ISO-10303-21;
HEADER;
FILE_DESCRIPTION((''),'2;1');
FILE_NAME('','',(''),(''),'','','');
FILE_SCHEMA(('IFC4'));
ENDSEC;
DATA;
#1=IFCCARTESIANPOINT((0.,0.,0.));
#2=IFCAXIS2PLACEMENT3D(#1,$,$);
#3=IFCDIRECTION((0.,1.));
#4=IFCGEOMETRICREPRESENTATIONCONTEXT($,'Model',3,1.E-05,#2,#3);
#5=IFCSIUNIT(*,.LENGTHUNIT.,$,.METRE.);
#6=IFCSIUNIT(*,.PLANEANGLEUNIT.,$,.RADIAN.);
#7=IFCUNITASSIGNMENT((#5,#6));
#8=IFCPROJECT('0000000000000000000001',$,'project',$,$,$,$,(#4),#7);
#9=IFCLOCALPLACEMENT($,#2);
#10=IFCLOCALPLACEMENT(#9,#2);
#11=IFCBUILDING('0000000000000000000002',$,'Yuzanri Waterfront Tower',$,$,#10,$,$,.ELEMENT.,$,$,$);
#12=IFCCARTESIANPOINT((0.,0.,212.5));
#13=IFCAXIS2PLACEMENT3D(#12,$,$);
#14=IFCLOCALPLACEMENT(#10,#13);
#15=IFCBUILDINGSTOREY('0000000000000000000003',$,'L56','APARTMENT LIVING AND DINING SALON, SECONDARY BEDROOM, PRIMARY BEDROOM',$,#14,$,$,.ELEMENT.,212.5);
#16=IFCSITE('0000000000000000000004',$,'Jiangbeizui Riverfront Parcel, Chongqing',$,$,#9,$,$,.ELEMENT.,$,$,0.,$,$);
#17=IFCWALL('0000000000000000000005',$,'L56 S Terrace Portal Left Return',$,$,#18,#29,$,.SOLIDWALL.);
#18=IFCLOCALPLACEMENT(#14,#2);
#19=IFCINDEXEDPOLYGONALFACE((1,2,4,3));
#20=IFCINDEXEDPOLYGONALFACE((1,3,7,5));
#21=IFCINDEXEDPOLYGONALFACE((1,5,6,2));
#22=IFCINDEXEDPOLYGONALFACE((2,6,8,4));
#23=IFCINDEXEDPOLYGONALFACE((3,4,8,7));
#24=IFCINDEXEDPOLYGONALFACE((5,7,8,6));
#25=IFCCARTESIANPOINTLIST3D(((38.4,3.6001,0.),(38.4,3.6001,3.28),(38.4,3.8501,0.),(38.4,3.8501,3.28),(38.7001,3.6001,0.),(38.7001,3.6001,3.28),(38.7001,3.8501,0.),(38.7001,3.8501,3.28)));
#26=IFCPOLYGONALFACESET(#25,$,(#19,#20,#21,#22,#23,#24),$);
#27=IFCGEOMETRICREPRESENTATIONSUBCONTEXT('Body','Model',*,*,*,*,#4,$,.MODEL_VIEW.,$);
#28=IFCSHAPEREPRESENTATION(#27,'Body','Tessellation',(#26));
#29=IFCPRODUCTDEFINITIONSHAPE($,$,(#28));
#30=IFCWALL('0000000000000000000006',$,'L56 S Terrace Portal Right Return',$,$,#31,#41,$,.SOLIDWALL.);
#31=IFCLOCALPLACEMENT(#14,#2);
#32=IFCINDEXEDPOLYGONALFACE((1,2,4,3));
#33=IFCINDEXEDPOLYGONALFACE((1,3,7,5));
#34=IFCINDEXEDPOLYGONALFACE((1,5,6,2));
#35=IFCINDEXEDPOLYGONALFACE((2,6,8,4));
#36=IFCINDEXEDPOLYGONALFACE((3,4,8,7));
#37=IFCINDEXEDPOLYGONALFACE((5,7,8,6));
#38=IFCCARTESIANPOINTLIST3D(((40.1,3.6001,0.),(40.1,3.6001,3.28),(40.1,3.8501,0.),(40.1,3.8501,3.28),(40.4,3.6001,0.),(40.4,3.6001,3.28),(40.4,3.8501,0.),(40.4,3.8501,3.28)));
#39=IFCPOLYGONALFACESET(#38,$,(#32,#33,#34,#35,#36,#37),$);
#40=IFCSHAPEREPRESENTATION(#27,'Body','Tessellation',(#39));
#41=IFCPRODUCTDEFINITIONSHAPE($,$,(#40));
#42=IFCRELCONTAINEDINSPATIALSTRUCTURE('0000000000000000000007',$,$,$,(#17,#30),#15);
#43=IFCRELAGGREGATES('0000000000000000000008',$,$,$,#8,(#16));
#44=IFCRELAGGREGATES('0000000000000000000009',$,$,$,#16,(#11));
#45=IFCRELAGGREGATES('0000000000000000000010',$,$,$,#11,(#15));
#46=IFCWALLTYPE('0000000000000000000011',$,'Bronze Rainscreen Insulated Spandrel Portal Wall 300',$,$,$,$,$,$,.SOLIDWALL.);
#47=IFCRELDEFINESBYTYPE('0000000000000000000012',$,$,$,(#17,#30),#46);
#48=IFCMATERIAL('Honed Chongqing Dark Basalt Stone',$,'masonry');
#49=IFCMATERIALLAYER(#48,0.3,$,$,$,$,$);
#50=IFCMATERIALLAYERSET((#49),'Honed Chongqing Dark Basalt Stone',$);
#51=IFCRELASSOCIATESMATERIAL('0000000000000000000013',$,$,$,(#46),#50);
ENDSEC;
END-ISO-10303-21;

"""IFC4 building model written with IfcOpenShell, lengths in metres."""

from ifc_helpers import new_model, si_unit, direction, frame, frame_2d, origin, place, context, subcontext, project, spatial, rectangle, extrude, source, transform, mapped, material, layer, layer_set, type_object, element, save


model = new_model("IFC4")

# Units and contexts
model_context = context("Model", 3, precision=1e-05, world=origin(), true_north=direction((0.0, 1.0)))
body_context = subcontext(model_context, "Body", "Model", "MODEL_VIEW")
ifc_project = project(units=[si_unit("LENGTHUNIT", "METRE"), si_unit("PLANEANGLEUNIT", "RADIAN")], contexts=[model_context])

# Site, building, storey
site_placement = place(None, origin())
site = spatial("IfcSite", under=ifc_project, at=site_placement, Name="Jiangbeizui Riverfront Parcel, Chongqing", CompositionType="ELEMENT", RefElevation=0.0)
building_placement = place(site_placement, origin())
building = spatial("IfcBuilding", under=site, at=building_placement, Name="Yuzanri Waterfront Tower", CompositionType="ELEMENT")
storey_placement = place(building_placement, frame((0.0, 0.0, 212.5)))
storey = spatial("IfcBuildingStorey", under=building, at=storey_placement, Name="L56", Description="APARTMENT LIVING AND DINING SALON, SECONDARY BEDROOM, PRIMARY BEDROOM", CompositionType="ELEMENT", Elevation=212.5)

# Shared definitions
ifc_material_1 = material(Name="Honed Chongqing Dark Basalt Stone", Category="masonry")
ifc_layer_1 = layer(ifc_material_1, 0.3)
ifc_layer_set_1 = layer_set([ifc_layer_1], Name="Honed Chongqing Dark Basalt Stone")
wall_type_1 = type_object("IfcWallType", Name="Bronze Rainscreen Insulated Spandrel Portal Wall 300", PredefinedType="SOLIDWALL", material=ifc_layer_set_1)

# Walls
shared_shape_1 = source(origin(), body_context, "Body", "SweptSolid", [
    extrude(rectangle(XDim=0.25, YDim=0.3, at=frame_2d((0.125, 0.0))), origin(), (0.0, 0.0, 1.0), 3.28),
])
for number, where, z_axis, x_axis, name in (
    (1, (38.55, 3.8501, 0.0), (0.0, 0.0, 1.0), (0.0, -1.0, 0.0), "L56 S Terrace Portal Left Return"),
    (2, (40.25, 3.6001, 0.0), (0.0, 0.0, 1.0), (0.0, 1.0, 0.0), "L56 S Terrace Portal Right Return"),
):
    element("IfcWall", number, at=place(storey_placement, frame(where, z_axis=z_axis, x_axis=x_axis)), inside=storey, type_object=wall_type_1, Name=name, PredefinedType="SOLIDWALL", context=body_context, shape_type="MappedRepresentation", body=[
        mapped(shared_shape_1, transform((0.0, 0.0, 0.0), scale=1.0)),
    ])

save(model, "model.ifc")
